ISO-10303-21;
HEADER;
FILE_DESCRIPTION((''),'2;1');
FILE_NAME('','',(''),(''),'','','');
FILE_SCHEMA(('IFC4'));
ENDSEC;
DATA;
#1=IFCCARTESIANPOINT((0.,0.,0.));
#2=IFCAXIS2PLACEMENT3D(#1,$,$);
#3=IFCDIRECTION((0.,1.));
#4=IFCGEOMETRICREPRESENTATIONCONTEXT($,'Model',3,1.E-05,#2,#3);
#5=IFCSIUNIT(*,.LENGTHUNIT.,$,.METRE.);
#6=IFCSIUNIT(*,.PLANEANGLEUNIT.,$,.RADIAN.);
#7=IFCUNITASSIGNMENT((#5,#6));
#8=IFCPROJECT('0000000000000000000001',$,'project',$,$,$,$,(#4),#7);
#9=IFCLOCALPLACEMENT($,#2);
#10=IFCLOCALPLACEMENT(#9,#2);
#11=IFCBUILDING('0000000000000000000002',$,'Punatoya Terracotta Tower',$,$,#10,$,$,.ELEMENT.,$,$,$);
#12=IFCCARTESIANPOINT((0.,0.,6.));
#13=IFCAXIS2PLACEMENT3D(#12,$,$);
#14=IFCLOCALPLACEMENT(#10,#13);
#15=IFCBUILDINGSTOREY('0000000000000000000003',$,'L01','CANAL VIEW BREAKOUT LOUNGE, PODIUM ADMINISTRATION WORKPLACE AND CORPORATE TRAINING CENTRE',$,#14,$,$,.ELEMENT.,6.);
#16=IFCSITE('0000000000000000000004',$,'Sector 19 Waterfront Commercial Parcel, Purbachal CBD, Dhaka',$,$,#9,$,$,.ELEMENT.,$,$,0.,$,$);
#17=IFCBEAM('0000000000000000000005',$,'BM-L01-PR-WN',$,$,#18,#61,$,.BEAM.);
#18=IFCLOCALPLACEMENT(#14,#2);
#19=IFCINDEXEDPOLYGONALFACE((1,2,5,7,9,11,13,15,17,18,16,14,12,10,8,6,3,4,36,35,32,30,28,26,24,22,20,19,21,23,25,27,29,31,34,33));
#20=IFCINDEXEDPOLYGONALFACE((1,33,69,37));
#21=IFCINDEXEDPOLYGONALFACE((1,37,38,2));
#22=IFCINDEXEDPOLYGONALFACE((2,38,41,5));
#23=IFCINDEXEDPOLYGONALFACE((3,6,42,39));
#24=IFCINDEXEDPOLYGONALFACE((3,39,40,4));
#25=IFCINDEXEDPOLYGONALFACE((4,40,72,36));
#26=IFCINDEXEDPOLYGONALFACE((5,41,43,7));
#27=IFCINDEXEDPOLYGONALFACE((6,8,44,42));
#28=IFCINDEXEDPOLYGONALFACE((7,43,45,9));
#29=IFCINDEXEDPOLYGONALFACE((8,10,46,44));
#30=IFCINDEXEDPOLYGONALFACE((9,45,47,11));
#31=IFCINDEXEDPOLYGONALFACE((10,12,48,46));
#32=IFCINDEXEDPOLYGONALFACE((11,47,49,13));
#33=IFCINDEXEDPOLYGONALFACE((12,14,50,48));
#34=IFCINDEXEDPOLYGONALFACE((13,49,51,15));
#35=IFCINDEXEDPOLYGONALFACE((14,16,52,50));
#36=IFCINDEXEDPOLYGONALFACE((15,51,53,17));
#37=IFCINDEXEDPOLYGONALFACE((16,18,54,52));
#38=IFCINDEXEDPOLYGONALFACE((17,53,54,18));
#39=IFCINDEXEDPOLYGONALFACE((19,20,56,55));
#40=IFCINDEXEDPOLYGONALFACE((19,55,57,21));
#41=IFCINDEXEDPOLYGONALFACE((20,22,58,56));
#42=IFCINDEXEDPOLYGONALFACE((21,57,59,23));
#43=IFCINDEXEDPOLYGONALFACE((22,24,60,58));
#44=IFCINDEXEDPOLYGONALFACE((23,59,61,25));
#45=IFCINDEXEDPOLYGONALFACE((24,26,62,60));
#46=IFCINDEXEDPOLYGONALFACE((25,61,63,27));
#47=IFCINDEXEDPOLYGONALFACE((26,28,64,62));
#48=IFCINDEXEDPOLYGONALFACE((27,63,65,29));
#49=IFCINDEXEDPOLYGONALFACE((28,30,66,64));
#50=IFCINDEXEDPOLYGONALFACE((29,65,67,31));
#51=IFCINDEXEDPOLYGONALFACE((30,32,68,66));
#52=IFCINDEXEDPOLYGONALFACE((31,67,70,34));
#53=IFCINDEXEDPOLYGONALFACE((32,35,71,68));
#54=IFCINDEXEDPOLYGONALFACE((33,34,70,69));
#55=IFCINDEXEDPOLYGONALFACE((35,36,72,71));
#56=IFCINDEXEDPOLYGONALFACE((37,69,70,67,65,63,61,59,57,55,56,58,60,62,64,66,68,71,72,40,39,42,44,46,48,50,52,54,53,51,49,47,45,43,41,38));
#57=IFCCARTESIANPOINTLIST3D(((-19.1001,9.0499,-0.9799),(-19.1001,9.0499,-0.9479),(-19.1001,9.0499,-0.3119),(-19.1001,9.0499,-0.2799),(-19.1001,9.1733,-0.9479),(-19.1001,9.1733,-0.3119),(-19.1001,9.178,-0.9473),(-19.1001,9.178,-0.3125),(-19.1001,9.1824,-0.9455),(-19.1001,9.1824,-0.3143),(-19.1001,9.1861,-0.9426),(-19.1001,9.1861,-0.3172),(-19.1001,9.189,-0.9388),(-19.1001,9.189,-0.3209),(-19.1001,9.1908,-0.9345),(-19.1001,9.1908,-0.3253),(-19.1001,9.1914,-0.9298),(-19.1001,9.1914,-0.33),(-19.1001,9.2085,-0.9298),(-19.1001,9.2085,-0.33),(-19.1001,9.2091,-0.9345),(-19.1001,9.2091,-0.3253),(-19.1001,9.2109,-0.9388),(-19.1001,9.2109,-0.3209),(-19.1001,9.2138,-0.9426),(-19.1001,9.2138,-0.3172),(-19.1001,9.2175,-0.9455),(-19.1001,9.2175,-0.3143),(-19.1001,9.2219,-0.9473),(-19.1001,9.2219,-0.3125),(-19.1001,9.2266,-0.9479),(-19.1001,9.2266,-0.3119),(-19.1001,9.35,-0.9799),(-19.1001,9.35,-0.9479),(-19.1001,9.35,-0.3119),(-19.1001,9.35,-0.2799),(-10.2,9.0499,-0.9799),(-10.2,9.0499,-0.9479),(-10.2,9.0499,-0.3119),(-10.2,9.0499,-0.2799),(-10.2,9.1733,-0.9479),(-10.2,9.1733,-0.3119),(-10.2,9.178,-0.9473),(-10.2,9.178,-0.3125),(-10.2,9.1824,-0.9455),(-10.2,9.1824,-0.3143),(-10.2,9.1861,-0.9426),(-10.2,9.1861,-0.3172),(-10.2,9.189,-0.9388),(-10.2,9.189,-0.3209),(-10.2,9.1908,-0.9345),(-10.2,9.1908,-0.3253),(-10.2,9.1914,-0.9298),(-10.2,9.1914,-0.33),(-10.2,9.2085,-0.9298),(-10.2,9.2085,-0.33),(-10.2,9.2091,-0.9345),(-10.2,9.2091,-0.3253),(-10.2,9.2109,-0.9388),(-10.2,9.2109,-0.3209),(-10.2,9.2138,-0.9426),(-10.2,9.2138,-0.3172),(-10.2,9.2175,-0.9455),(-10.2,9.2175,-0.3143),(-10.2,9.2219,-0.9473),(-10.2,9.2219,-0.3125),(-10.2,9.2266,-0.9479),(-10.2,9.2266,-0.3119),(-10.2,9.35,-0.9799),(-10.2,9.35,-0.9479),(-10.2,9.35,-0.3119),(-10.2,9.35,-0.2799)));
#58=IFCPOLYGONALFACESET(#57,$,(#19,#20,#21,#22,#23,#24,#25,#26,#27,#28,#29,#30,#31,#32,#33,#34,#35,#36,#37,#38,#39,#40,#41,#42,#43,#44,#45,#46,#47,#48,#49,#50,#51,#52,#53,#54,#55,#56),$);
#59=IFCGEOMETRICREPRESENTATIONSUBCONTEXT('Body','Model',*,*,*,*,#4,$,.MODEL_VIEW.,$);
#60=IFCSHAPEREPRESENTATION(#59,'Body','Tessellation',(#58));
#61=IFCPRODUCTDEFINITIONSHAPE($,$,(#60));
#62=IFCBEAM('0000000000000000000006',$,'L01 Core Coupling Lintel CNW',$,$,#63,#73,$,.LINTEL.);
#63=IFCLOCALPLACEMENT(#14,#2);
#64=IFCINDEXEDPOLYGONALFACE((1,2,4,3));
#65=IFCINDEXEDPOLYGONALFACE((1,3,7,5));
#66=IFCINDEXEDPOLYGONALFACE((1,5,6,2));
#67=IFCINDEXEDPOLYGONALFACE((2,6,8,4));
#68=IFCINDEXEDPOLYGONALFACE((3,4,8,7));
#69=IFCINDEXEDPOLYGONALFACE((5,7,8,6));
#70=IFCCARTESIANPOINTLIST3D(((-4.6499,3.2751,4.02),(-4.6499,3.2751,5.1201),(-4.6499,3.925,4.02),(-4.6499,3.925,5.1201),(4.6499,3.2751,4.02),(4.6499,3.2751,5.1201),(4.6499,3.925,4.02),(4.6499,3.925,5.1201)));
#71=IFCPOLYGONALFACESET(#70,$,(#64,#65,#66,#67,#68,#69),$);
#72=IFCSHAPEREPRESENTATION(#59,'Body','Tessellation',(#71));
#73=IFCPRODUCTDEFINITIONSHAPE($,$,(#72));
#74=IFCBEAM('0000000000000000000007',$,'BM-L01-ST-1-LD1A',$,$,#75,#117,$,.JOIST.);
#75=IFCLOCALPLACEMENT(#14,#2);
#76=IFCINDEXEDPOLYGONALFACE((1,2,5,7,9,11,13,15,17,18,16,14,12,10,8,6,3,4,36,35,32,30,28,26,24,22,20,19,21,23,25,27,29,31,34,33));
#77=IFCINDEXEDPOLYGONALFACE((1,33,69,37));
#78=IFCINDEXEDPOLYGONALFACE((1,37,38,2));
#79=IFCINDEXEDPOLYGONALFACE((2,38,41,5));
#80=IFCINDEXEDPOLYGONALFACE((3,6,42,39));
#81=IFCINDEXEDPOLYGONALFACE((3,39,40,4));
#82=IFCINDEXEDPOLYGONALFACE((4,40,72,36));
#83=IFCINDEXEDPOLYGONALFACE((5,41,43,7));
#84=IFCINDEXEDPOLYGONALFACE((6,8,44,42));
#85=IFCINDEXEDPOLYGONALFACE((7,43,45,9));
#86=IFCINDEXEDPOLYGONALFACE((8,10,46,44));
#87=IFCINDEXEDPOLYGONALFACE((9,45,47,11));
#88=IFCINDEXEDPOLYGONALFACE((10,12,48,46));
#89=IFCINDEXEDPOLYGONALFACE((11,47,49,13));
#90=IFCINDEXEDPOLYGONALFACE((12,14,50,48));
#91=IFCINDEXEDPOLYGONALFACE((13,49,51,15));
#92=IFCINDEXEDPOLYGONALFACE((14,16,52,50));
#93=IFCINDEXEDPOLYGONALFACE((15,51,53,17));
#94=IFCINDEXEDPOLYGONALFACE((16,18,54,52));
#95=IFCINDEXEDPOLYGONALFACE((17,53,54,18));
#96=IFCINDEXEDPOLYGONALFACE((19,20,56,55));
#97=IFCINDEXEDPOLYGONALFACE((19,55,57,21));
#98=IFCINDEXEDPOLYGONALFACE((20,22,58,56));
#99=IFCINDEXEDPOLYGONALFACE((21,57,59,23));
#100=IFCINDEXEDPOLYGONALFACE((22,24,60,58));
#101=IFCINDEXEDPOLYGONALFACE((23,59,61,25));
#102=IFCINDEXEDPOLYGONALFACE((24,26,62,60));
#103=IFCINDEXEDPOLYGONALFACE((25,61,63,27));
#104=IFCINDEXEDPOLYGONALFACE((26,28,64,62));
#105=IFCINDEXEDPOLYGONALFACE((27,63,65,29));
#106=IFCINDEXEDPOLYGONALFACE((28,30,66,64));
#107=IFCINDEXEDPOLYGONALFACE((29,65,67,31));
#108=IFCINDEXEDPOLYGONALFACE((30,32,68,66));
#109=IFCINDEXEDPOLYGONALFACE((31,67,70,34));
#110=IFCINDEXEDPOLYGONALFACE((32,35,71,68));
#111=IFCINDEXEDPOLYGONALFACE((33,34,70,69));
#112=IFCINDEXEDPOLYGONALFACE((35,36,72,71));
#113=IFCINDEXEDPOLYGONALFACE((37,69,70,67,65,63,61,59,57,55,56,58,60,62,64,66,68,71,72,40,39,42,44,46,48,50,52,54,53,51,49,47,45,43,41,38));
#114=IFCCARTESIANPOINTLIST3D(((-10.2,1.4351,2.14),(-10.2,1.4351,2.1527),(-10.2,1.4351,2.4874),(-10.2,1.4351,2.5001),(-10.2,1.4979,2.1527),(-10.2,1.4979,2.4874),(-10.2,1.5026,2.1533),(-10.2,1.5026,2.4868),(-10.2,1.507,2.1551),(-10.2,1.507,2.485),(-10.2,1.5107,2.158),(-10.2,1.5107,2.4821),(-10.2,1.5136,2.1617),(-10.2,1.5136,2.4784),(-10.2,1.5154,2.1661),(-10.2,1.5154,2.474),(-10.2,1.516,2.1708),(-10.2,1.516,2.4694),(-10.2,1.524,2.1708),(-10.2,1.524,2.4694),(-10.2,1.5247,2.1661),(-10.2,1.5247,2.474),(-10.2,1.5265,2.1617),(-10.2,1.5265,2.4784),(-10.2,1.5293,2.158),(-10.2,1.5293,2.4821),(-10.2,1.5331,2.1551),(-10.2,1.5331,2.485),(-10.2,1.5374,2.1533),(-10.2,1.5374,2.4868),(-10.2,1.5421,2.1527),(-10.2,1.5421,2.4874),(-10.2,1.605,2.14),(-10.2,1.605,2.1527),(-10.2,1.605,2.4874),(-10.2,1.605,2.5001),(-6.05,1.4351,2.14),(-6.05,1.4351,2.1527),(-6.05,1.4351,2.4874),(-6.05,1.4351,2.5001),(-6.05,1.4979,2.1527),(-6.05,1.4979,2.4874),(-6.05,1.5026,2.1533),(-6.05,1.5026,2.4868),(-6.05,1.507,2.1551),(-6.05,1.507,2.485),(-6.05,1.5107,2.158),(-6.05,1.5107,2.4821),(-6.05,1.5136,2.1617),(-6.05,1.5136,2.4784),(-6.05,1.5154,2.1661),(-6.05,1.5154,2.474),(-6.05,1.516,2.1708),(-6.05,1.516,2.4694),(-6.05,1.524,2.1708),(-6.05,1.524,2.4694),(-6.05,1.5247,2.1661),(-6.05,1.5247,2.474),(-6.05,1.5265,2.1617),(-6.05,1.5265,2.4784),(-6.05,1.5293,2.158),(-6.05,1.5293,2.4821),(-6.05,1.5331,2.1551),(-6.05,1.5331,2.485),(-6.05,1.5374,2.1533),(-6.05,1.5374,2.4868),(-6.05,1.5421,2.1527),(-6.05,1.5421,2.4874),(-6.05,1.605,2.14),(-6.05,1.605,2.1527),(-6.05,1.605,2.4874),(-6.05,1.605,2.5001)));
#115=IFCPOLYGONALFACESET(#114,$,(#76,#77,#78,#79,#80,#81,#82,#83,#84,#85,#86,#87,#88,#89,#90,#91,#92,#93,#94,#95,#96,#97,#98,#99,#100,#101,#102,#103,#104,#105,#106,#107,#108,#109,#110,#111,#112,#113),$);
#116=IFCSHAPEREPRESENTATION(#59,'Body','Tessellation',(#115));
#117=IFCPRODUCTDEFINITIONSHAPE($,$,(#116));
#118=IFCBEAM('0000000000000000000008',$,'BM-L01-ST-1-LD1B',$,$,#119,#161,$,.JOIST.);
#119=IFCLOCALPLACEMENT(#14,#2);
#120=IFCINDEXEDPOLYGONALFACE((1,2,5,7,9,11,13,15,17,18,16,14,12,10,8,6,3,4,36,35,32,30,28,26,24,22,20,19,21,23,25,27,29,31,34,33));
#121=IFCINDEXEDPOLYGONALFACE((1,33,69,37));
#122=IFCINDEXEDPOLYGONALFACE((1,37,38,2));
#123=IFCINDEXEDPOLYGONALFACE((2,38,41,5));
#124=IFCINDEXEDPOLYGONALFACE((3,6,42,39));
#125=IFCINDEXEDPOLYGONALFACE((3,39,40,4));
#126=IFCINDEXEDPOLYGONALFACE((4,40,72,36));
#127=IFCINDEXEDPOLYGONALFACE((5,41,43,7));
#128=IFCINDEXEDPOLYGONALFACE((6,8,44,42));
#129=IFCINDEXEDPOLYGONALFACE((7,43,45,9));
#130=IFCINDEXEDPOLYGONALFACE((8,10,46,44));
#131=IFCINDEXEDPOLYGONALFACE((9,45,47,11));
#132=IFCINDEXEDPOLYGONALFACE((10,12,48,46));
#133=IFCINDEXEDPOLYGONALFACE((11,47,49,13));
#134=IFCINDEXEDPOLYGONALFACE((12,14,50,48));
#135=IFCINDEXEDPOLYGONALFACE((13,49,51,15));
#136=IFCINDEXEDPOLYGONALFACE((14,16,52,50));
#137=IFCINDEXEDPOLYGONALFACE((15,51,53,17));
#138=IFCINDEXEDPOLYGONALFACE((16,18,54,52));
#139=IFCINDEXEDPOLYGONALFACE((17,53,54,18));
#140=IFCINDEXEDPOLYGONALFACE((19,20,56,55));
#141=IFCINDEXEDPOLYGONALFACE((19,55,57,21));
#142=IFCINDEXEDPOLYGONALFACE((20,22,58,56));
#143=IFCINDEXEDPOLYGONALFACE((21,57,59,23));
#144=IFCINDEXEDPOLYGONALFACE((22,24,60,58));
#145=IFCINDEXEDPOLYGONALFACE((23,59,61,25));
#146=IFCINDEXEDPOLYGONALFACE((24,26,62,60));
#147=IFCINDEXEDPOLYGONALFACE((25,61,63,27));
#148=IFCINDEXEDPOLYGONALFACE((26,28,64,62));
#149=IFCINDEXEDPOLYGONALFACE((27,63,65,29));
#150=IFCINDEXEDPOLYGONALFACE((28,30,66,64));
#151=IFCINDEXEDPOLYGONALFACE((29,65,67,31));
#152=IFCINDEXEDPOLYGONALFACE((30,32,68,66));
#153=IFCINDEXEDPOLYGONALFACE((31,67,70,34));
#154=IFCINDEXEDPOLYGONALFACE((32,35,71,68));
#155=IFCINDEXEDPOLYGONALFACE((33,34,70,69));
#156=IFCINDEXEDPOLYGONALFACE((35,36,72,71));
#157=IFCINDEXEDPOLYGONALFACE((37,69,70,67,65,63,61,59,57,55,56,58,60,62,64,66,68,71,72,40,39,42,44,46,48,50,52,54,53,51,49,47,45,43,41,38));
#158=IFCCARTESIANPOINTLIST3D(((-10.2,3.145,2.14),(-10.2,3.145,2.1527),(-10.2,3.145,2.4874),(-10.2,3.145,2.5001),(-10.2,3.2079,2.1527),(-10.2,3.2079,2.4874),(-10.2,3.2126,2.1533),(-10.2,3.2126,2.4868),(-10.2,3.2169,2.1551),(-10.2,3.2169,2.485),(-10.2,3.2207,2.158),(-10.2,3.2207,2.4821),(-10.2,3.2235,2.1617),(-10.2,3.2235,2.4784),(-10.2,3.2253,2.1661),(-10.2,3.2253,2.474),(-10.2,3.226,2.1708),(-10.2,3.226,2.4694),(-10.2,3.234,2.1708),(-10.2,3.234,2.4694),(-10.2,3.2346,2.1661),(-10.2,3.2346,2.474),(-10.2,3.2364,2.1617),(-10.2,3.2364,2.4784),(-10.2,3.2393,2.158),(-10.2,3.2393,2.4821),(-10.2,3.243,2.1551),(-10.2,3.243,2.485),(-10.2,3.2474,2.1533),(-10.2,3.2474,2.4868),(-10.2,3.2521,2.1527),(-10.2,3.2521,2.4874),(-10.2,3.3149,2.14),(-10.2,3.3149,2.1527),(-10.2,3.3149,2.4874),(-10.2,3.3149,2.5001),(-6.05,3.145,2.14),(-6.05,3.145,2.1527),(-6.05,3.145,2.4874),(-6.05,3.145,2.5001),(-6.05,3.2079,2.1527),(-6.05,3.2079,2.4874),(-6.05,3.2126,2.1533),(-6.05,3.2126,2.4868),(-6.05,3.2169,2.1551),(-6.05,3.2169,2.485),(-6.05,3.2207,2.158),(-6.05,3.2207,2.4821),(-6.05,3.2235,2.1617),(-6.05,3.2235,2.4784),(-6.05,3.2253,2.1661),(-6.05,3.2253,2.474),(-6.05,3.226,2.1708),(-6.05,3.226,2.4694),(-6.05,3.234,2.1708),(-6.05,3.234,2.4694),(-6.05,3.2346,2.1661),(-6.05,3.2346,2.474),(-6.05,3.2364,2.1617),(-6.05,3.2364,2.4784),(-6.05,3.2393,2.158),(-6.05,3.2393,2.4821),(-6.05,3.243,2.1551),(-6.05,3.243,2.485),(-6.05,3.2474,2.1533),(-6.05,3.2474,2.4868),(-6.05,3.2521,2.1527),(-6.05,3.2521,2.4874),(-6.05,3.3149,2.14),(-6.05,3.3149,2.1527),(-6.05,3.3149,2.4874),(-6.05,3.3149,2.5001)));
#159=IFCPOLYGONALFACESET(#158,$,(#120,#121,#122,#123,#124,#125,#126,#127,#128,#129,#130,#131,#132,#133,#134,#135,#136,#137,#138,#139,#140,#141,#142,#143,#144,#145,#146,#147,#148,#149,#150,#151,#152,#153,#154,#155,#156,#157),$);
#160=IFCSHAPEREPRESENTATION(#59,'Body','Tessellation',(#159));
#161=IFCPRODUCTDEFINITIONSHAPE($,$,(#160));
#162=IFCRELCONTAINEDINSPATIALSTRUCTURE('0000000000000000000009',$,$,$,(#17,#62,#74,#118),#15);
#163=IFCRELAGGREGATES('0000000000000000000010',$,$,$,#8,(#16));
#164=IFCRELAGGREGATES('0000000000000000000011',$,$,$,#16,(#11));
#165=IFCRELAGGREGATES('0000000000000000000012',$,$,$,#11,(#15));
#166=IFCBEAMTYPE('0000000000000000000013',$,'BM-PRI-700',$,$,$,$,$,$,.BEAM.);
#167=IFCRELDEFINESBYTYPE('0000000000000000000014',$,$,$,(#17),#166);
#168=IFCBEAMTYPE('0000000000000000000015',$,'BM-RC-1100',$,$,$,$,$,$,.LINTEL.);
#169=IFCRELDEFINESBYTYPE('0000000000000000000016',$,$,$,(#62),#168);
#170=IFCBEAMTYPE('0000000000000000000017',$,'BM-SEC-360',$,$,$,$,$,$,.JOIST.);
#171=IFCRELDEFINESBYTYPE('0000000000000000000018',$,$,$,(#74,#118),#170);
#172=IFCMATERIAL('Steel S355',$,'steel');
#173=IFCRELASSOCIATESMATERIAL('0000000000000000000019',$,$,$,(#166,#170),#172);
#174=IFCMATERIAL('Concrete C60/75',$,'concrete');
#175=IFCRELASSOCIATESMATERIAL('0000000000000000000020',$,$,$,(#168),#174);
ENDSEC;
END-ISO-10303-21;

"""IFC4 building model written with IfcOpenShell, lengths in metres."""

from ifc_helpers import new_model, si_unit, direction, frame, origin, origin_2d, place, context, subcontext, project, spatial, rectangle, i_section, extrude, material, material_profile, profile_set, type_object, element, save


model = new_model("IFC4")

# Units and contexts
model_context = context("Model", 3, precision=1e-05, world=origin(), true_north=direction((0.0, 1.0)))
body_context = subcontext(model_context, "Body", "Model", "MODEL_VIEW")
ifc_project = project(units=[si_unit("LENGTHUNIT", "METRE"), si_unit("PLANEANGLEUNIT", "RADIAN")], contexts=[model_context])

# Site, building, storey
site_placement = place(None, origin())
site = spatial("IfcSite", under=ifc_project, at=site_placement, Name="Sector 19 Waterfront Commercial Parcel, Purbachal CBD, Dhaka", CompositionType="ELEMENT", RefElevation=0.0)
building_placement = place(site_placement, origin())
building = spatial("IfcBuilding", under=site, at=building_placement, Name="Punatoya Terracotta Tower", CompositionType="ELEMENT")
storey_placement = place(building_placement, frame((0.0, 0.0, 6.0)))
storey = spatial("IfcBuildingStorey", under=building, at=storey_placement, Name="L01", Description="CANAL VIEW BREAKOUT LOUNGE, PODIUM ADMINISTRATION WORKPLACE AND CORPORATE TRAINING CENTRE", CompositionType="ELEMENT", Elevation=6.0)

# Beams
ifc_material_1 = material(Name="Steel S355", Category="steel")
ifc_material_profile_1 = material_profile(ifc_material_1, i_section(OverallWidth=0.3, OverallDepth=0.7, WebThickness=0.0171, FlangeThickness=0.032, FilletRadius=0.0181, at=origin_2d()))
ifc_profile_set_1 = profile_set([ifc_material_profile_1], Name="Steel S355")
beam_type_1 = type_object("IfcBeamType", Name="BM-PRI-700", PredefinedType="BEAM", material=ifc_profile_set_1)
beam_1_placement = place(storey_placement, frame((-19.1001, 9.2, -0.6299), z_axis=(1.0, 0.0, 0.0), x_axis=(0.0, 1.0, 0.0)))
element("IfcBeam", 1, at=beam_1_placement, inside=storey, type_object=beam_type_1, Name="BM-L01-PR-WN", PredefinedType="BEAM", context=body_context, shape_type="SweptSolid", body=[
    extrude(i_section(OverallWidth=0.3, OverallDepth=0.7, WebThickness=0.0171, FlangeThickness=0.032, FilletRadius=0.0181, at=origin_2d()), origin(), (0.0, 0.0, 1.0), 8.9001),
])
ifc_material_2 = material(Name="Concrete C60/75", Category="concrete")
ifc_material_profile_2 = material_profile(ifc_material_2, rectangle(XDim=0.6499, YDim=1.1001, at=origin_2d()))
ifc_profile_set_2 = profile_set([ifc_material_profile_2], Name="Concrete C60/75")
beam_type_2 = type_object("IfcBeamType", Name="BM-RC-1100", PredefinedType="LINTEL", material=ifc_profile_set_2)
beam_2_placement = place(storey_placement, frame((-4.6499, 3.6001, 4.5701), z_axis=(1.0, 0.0, 0.0), x_axis=(0.0, 1.0, 0.0)))
element("IfcBeam", 2, at=beam_2_placement, inside=storey, type_object=beam_type_2, Name="L01 Core Coupling Lintel CNW", PredefinedType="LINTEL", context=body_context, shape_type="SweptSolid", body=[
    extrude(rectangle(XDim=0.6499, YDim=1.1001, at=origin_2d()), origin(), (0.0, 0.0, 1.0), 9.2998),
])
ifc_material_profile_3 = material_profile(ifc_material_1, i_section(OverallWidth=0.1699, OverallDepth=0.3601, WebThickness=0.0081, FlangeThickness=0.0127, FilletRadius=0.0181, at=origin_2d()))
ifc_profile_set_3 = profile_set([ifc_material_profile_3], Name="Steel S355")
beam_type_3 = type_object("IfcBeamType", Name="BM-SEC-360", PredefinedType="JOIST", material=ifc_profile_set_3)
for number, where, z_axis, x_axis, name in (
    (3, (-10.2, 1.52, 2.3201), (1.0, 0.0, 0.0), (0.0, 1.0, 0.0), "BM-L01-ST-1-LD1A"),
    (4, (-10.2, 3.23, 2.3201), (1.0, 0.0, 0.0), (0.0, 1.0, 0.0), "BM-L01-ST-1-LD1B"),
):
    element("IfcBeam", number, at=place(storey_placement, frame(where, z_axis=z_axis, x_axis=x_axis)), inside=storey, type_object=beam_type_3, Name=name, PredefinedType="JOIST", context=body_context, shape_type="SweptSolid", body=[
        extrude(i_section(OverallWidth=0.1699, OverallDepth=0.3601, WebThickness=0.0081, FlangeThickness=0.0127, FilletRadius=0.0181, at=origin_2d()), origin(), (0.0, 0.0, 1.0), 4.1499),
    ])

save(model, "model.ifc")
